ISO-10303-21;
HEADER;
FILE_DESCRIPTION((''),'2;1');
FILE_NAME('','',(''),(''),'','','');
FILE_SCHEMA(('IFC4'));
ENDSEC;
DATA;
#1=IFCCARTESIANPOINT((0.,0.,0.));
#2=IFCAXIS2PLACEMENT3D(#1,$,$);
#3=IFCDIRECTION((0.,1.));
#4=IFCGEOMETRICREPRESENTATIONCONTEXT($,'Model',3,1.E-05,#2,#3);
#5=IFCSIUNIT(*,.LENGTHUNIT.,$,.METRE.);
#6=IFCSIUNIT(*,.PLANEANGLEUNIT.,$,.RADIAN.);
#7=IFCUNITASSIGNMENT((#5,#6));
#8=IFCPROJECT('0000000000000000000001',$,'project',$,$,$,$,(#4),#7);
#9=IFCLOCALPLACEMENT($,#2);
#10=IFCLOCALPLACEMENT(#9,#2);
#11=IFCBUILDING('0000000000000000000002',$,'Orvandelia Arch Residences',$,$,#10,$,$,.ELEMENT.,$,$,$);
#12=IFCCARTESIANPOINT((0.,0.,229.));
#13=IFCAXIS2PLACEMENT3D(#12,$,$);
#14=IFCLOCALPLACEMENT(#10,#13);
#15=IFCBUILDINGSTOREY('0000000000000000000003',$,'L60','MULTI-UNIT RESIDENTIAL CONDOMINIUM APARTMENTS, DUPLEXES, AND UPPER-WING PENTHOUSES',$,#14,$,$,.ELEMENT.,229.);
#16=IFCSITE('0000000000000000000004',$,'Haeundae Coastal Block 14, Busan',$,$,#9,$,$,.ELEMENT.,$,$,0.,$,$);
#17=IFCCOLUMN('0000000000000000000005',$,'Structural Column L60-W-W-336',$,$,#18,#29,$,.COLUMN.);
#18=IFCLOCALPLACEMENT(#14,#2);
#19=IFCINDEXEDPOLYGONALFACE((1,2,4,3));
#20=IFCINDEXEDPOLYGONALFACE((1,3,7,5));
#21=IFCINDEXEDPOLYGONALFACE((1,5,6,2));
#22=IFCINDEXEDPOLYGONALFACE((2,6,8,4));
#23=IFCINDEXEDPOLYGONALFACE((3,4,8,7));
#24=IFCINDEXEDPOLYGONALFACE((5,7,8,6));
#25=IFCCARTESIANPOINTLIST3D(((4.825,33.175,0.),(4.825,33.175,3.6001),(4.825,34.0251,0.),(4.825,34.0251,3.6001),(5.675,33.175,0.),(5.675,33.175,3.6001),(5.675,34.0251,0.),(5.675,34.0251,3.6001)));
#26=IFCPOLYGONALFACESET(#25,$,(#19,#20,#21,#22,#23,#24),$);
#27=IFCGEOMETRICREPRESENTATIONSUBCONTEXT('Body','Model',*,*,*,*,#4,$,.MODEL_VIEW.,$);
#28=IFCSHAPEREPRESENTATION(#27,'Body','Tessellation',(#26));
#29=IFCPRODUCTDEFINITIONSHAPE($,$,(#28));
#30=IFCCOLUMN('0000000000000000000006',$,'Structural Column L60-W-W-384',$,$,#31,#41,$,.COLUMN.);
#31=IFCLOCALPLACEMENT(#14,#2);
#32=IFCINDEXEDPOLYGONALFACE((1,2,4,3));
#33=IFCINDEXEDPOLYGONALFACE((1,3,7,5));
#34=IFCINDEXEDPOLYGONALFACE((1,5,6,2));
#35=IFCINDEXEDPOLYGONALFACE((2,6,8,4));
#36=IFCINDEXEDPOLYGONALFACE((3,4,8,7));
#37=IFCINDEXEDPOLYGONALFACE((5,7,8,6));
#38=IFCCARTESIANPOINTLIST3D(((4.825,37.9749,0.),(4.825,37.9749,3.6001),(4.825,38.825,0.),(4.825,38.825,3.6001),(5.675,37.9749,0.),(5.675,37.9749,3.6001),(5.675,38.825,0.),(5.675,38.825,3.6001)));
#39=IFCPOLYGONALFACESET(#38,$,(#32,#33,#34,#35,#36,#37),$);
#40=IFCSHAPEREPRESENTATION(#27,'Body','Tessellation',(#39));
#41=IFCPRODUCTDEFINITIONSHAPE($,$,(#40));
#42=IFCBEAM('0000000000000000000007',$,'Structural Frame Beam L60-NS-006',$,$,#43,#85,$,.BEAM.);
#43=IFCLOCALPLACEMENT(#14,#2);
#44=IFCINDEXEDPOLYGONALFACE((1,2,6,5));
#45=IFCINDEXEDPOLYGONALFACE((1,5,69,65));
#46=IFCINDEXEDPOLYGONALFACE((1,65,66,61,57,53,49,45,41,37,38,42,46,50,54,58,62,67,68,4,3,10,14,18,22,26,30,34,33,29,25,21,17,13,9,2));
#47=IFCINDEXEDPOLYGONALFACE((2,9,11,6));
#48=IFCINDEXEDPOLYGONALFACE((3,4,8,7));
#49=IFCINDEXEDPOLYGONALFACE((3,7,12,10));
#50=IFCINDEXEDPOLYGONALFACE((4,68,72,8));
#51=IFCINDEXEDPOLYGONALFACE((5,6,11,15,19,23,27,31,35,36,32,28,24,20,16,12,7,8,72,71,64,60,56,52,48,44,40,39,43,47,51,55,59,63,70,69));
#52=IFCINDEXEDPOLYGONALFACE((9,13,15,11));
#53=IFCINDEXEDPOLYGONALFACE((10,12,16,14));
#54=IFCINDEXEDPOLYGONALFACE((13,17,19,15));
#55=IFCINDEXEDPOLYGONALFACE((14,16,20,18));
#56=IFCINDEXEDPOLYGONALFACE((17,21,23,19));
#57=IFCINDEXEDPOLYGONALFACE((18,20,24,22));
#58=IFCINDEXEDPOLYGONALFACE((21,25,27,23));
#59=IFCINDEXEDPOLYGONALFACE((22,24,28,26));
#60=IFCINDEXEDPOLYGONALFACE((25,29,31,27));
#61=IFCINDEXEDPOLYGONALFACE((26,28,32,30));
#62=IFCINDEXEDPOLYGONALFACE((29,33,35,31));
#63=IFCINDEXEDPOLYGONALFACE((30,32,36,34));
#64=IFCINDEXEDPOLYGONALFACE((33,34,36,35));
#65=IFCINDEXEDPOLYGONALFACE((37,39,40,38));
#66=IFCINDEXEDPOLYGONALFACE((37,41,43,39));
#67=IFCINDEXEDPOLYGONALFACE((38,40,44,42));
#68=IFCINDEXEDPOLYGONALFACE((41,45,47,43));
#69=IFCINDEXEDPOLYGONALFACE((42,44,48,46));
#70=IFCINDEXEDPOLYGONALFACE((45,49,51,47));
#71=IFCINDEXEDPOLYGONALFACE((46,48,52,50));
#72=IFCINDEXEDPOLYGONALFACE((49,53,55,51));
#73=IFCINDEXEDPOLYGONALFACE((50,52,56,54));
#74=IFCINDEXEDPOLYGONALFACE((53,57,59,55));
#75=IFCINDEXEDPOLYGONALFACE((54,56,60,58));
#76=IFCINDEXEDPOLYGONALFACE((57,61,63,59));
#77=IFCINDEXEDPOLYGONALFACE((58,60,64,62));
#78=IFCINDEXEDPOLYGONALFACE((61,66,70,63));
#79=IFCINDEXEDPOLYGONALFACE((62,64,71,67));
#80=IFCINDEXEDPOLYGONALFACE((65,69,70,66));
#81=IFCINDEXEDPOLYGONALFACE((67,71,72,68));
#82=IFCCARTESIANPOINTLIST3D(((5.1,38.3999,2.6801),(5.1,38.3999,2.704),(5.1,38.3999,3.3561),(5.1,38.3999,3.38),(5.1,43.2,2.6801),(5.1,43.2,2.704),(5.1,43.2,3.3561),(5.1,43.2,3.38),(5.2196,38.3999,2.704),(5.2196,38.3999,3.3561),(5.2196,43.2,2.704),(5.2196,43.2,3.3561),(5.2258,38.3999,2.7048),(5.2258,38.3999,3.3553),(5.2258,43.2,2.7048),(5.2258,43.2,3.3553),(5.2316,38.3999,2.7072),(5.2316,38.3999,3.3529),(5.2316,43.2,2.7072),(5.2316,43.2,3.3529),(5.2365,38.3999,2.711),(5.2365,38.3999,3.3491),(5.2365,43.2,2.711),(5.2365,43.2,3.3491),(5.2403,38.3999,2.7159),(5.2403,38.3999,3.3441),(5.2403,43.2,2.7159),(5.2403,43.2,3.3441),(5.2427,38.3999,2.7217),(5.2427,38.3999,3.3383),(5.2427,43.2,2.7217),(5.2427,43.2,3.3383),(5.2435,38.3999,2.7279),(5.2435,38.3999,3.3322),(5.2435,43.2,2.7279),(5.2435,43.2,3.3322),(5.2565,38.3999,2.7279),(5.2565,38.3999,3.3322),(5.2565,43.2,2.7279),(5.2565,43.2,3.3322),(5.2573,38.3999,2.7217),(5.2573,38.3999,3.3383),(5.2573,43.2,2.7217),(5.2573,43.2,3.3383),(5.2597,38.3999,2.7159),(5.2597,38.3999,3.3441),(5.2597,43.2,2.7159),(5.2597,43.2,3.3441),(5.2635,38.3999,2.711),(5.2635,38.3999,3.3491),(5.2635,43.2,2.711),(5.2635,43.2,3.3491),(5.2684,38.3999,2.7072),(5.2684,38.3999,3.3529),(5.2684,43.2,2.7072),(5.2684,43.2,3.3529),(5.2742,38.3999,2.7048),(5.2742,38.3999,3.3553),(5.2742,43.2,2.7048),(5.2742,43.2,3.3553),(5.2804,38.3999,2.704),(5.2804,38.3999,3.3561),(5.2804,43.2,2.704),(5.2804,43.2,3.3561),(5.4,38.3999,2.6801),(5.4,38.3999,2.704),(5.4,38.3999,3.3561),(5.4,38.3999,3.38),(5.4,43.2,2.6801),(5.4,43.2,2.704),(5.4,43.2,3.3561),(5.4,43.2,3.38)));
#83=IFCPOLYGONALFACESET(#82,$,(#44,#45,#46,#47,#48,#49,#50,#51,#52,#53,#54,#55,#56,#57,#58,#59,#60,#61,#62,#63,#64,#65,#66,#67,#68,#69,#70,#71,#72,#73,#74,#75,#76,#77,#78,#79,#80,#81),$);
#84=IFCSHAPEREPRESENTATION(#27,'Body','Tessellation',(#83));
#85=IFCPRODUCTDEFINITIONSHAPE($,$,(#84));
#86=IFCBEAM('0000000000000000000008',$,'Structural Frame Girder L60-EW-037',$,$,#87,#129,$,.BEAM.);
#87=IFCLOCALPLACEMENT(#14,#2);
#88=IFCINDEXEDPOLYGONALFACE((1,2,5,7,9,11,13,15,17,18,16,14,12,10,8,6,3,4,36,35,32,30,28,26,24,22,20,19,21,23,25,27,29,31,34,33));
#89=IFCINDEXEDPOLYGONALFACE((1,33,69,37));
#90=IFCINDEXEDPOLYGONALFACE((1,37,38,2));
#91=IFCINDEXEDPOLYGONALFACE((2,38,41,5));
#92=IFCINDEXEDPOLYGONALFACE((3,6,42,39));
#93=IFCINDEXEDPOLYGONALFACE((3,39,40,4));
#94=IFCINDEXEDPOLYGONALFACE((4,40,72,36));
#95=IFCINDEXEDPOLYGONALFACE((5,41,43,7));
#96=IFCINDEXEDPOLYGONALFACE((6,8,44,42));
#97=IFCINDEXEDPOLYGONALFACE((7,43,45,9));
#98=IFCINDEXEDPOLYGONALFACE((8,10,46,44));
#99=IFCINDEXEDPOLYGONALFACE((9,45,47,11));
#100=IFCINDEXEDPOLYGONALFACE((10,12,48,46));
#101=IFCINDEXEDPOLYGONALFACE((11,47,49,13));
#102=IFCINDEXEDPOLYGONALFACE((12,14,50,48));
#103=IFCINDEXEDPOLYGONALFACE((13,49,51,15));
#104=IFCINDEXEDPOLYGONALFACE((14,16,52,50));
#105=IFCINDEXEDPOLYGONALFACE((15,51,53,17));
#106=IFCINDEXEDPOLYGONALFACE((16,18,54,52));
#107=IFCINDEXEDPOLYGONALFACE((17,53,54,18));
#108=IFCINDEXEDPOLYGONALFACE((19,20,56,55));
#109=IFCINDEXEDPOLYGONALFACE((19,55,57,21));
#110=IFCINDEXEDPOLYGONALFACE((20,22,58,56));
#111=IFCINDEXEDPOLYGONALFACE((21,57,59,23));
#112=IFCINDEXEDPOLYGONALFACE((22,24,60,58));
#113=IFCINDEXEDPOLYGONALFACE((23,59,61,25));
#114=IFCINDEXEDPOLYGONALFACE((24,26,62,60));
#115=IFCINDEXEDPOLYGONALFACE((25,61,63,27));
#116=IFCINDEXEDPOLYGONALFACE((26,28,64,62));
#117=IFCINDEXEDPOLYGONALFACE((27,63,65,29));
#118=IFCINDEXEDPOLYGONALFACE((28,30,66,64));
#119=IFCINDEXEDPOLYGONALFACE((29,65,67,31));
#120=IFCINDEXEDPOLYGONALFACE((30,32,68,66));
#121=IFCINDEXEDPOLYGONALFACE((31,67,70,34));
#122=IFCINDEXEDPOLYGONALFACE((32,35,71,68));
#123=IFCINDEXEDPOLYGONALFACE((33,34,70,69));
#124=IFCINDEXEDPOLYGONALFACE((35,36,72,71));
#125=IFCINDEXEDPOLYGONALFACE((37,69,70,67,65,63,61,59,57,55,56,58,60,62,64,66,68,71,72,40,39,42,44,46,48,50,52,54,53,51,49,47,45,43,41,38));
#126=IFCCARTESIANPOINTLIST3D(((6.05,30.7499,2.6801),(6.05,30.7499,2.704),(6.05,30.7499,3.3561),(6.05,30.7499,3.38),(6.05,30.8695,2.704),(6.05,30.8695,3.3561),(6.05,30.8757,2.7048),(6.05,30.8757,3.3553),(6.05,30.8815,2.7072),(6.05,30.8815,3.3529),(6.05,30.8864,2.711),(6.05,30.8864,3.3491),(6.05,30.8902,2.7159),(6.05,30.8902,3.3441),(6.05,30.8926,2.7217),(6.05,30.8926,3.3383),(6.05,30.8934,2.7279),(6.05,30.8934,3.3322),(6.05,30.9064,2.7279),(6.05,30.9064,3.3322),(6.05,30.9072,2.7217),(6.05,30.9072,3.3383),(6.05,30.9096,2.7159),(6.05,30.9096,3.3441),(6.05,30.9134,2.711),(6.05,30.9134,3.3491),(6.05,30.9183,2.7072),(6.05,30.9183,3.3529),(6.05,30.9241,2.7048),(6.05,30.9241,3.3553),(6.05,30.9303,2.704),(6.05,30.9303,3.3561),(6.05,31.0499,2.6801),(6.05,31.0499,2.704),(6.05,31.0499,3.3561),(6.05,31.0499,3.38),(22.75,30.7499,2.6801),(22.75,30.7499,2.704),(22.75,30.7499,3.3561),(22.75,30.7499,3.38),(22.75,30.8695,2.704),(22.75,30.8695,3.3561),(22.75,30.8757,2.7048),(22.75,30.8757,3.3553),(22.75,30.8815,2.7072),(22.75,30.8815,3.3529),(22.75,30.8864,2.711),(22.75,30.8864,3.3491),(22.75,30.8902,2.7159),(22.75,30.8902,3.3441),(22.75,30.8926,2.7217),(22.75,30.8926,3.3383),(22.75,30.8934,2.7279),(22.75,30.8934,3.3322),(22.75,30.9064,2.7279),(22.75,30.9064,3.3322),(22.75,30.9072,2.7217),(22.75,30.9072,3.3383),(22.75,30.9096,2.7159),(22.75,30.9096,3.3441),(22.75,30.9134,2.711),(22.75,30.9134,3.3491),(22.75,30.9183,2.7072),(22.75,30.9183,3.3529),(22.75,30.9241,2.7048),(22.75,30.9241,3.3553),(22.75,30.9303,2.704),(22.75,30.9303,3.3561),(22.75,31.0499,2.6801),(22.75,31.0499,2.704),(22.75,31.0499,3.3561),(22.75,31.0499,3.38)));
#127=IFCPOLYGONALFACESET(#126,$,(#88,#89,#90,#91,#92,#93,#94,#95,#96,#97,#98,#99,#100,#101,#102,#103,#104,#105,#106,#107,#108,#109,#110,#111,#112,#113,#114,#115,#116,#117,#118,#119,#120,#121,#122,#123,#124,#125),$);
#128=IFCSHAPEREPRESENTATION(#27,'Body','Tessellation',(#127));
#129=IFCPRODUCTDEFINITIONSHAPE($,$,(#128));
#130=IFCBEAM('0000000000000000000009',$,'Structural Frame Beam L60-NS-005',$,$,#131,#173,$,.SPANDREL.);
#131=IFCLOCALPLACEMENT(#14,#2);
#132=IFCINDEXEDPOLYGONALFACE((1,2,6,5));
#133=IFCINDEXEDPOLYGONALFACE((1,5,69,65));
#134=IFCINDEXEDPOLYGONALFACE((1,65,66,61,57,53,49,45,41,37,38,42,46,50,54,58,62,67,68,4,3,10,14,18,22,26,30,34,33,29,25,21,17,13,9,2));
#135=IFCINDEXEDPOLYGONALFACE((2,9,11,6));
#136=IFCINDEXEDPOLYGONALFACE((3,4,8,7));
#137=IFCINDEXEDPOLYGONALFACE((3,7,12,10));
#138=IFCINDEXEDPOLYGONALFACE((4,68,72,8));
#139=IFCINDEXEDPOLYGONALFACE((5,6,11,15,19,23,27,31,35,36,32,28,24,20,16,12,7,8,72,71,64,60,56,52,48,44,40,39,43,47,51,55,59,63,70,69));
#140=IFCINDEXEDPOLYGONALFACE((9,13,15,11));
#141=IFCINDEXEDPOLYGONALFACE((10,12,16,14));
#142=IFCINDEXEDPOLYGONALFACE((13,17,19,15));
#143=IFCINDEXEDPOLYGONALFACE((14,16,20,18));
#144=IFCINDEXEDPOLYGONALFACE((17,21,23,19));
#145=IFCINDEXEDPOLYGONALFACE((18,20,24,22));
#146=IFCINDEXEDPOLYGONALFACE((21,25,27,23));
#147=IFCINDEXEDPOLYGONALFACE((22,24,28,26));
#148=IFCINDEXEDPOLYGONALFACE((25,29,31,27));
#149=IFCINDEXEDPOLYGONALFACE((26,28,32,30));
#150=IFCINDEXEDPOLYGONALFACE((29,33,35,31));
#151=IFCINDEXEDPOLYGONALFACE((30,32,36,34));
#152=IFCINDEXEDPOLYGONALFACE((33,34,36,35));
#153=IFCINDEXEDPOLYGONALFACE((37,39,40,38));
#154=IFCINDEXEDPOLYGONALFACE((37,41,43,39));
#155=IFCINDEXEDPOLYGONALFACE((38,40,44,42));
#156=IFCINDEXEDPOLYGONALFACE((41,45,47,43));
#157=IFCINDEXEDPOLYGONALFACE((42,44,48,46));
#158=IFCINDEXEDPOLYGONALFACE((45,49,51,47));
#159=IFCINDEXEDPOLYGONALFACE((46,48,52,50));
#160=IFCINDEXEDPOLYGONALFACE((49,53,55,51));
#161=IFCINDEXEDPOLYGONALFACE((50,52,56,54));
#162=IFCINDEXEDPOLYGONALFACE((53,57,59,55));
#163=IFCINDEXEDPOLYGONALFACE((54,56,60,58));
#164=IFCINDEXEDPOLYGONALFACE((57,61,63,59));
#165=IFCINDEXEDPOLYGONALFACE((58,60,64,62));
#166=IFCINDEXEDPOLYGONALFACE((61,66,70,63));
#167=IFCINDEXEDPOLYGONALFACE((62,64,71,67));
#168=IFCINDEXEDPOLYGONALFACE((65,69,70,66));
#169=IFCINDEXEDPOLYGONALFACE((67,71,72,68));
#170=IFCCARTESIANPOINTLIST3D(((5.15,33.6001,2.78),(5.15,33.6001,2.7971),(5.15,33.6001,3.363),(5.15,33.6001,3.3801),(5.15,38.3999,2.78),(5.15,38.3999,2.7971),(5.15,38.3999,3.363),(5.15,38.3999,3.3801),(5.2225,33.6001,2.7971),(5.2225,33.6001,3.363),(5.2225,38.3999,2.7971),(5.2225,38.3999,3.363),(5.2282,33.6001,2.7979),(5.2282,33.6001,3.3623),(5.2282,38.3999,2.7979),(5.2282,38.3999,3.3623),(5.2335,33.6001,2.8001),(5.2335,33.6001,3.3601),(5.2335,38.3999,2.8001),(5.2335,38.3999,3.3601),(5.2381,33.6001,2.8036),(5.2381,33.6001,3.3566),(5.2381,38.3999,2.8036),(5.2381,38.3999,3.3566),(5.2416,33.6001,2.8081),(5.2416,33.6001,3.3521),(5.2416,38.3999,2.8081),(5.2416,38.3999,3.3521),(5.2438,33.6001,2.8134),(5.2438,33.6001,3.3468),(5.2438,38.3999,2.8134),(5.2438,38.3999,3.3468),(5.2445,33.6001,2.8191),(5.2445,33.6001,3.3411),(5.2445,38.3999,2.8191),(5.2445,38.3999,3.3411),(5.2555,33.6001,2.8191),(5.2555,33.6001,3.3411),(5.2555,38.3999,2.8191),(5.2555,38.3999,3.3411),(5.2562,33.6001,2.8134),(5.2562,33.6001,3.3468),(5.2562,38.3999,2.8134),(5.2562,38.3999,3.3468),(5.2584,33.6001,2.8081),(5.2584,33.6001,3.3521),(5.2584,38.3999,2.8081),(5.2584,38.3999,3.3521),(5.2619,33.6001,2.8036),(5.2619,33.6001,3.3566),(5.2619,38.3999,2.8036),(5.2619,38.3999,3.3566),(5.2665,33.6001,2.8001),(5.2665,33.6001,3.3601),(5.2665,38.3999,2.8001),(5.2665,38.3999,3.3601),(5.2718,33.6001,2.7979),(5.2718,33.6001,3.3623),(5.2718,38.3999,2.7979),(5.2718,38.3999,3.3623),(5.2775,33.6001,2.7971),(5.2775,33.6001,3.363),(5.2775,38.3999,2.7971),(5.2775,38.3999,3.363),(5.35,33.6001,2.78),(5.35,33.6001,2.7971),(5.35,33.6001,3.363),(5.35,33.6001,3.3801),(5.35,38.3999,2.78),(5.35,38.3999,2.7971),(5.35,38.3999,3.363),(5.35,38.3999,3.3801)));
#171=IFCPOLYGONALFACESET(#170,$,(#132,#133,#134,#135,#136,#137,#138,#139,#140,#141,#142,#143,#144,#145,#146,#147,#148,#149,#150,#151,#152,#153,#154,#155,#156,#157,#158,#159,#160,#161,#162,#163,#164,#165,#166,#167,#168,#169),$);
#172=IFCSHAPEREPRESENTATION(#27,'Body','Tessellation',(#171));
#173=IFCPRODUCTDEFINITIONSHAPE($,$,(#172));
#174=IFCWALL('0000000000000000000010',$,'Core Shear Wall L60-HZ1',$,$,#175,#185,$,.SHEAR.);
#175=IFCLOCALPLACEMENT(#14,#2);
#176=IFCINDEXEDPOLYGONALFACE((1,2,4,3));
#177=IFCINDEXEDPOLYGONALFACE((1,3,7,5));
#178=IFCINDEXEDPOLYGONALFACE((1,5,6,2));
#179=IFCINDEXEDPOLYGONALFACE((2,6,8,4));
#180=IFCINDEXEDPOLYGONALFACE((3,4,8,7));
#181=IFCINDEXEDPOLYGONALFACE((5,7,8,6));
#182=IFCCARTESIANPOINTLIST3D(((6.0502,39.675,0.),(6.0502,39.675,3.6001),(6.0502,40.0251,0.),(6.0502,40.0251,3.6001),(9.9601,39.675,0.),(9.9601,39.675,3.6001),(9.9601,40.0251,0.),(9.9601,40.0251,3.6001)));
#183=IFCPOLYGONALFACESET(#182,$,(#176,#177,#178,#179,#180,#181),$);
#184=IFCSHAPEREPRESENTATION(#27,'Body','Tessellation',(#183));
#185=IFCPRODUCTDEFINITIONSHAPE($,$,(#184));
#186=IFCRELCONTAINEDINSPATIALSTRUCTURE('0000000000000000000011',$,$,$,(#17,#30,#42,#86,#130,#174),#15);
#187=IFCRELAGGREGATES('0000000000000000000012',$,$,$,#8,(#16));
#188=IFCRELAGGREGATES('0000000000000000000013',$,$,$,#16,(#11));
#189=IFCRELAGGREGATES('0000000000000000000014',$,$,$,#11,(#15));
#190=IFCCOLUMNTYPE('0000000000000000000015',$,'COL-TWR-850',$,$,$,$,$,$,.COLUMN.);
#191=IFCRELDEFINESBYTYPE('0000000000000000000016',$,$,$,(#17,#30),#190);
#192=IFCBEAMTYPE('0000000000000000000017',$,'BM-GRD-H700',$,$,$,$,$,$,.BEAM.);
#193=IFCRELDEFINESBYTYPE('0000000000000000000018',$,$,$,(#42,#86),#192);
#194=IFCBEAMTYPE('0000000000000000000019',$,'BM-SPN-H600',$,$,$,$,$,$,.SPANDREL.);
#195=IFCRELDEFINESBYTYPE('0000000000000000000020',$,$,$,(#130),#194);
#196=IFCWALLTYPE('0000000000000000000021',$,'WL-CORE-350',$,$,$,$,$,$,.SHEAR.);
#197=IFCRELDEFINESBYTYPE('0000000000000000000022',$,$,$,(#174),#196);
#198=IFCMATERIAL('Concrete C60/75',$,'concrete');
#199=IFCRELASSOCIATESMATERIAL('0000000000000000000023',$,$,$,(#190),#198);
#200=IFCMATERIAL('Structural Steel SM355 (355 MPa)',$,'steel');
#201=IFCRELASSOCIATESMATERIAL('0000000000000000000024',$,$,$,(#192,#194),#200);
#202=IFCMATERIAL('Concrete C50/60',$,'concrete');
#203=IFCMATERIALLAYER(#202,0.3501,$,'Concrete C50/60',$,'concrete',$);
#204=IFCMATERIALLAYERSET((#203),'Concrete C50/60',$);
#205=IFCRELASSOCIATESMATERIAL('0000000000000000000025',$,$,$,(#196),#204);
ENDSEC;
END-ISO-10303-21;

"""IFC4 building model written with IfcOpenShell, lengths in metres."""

from ifc_helpers import new_model, si_unit, direction, frame, frame_2d, origin, origin_2d, place, context, subcontext, project, spatial, rectangle, i_section, extrude, material, layer, layer_set, material_profile, profile_set, type_object, element, save


model = new_model("IFC4")

# Units and contexts
model_context = context("Model", 3, precision=1e-05, world=origin(), true_north=direction((0.0, 1.0)))
body_context = subcontext(model_context, "Body", "Model", "MODEL_VIEW")
ifc_project = project(units=[si_unit("LENGTHUNIT", "METRE"), si_unit("PLANEANGLEUNIT", "RADIAN")], contexts=[model_context])

# Site, building, storey
site_placement = place(None, origin())
site = spatial("IfcSite", under=ifc_project, at=site_placement, Name="Haeundae Coastal Block 14, Busan", CompositionType="ELEMENT", RefElevation=0.0)
building_placement = place(site_placement, origin())
building = spatial("IfcBuilding", under=site, at=building_placement, Name="Orvandelia Arch Residences", CompositionType="ELEMENT")
storey_placement = place(building_placement, frame((0.0, 0.0, 229.0)))
storey = spatial("IfcBuildingStorey", under=building, at=storey_placement, Name="L60", Description="MULTI-UNIT RESIDENTIAL CONDOMINIUM APARTMENTS, DUPLEXES, AND UPPER-WING PENTHOUSES", CompositionType="ELEMENT", Elevation=229.0)

# Columns
ifc_material_1 = material(Name="Concrete C60/75", Category="concrete")
ifc_material_profile_1 = material_profile(ifc_material_1, rectangle(XDim=0.8501, YDim=0.8501, at=origin_2d()), Name="Concrete C60/75", Category="concrete")
ifc_profile_set_1 = profile_set([ifc_material_profile_1], Name="Concrete C60/75")
column_type = type_object("IfcColumnType", Name="COL-TWR-850", PredefinedType="COLUMN", material=ifc_profile_set_1)
for number, where, z_axis, x_axis, name in (
    (1, (5.25, 33.6001, 0.0), (0.0, 0.0, 1.0), (1.0, 0.0, 0.0), "Structural Column L60-W-W-336"),
    (2, (5.25, 38.3999, 0.0), (0.0, 0.0, 1.0), (1.0, 0.0, 0.0), "Structural Column L60-W-W-384"),
):
    element("IfcColumn", number, at=place(storey_placement, frame(where, z_axis=z_axis, x_axis=x_axis)), inside=storey, type_object=column_type, Name=name, PredefinedType="COLUMN", context=body_context, shape_type="SweptSolid", body=[
        extrude(rectangle(XDim=0.8501, YDim=0.8501, at=origin_2d()), origin(), (0.0, 0.0, 1.0), 3.6001),
    ])

# Beams
ifc_material_2 = material(Name="Structural Steel SM355 (355 MPa)", Category="steel")
ifc_material_profile_2 = material_profile(ifc_material_2, i_section(OverallWidth=0.3, OverallDepth=0.7, WebThickness=0.0129, FlangeThickness=0.0239, FilletRadius=0.0239, at=origin_2d()), Name="Structural Steel SM355 (355 MPa)", Category="steel")
ifc_profile_set_2 = profile_set([ifc_material_profile_2], Name="Structural Steel SM355 (355 MPa)")
beam_type_1 = type_object("IfcBeamType", Name="BM-GRD-H700", PredefinedType="BEAM", material=ifc_profile_set_2)
beam_1_placement = place(storey_placement, frame((5.25, 38.3999, 3.03), z_axis=(0.0, 1.0, 0.0), x_axis=(-1.0, 0.0, 0.0)))
element("IfcBeam", 3, at=beam_1_placement, inside=storey, type_object=beam_type_1, Name="Structural Frame Beam L60-NS-006", PredefinedType="BEAM", context=body_context, shape_type="SweptSolid", body=[
    extrude(i_section(OverallWidth=0.3, OverallDepth=0.7, WebThickness=0.0129, FlangeThickness=0.0239, FilletRadius=0.0239, at=origin_2d()), origin(), (0.0, 0.0, 1.0), 4.8),
])
beam_2_placement = place(storey_placement, frame((6.05, 30.8999, 3.03), z_axis=(1.0, 0.0, 0.0), x_axis=(0.0, 1.0, 0.0)))
element("IfcBeam", 4, at=beam_2_placement, inside=storey, type_object=beam_type_1, Name="Structural Frame Girder L60-EW-037", PredefinedType="BEAM", context=body_context, shape_type="SweptSolid", body=[
    extrude(i_section(OverallWidth=0.3, OverallDepth=0.7, WebThickness=0.0129, FlangeThickness=0.0239, FilletRadius=0.0239, at=origin_2d()), origin(), (0.0, 0.0, 1.0), 16.7),
])
ifc_material_profile_3 = material_profile(ifc_material_2, i_section(OverallWidth=0.2, OverallDepth=0.6001, WebThickness=0.011, FlangeThickness=0.0171, FilletRadius=0.022, at=origin_2d()), Name="Structural Steel SM355 (355 MPa)", Category="steel")
ifc_profile_set_3 = profile_set([ifc_material_profile_3], Name="Structural Steel SM355 (355 MPa)")
beam_type_2 = type_object("IfcBeamType", Name="BM-SPN-H600", PredefinedType="SPANDREL", material=ifc_profile_set_3)
beam_3_placement = place(storey_placement, frame((5.25, 33.6001, 3.0801), z_axis=(0.0, 1.0, 0.0), x_axis=(-1.0, 0.0, 0.0)))
element("IfcBeam", 5, at=beam_3_placement, inside=storey, type_object=beam_type_2, Name="Structural Frame Beam L60-NS-005", PredefinedType="SPANDREL", context=body_context, shape_type="SweptSolid", body=[
    extrude(i_section(OverallWidth=0.2, OverallDepth=0.6001, WebThickness=0.011, FlangeThickness=0.0171, FilletRadius=0.022, at=origin_2d()), origin(), (0.0, 0.0, 1.0), 4.7998),
])

# Wall
ifc_material_3 = material(Name="Concrete C50/60", Category="concrete")
ifc_layer_1 = layer(ifc_material_3, 0.3501, Name="Concrete C50/60", Category="concrete")
ifc_layer_set_1 = layer_set([ifc_layer_1], Name="Concrete C50/60")
wall_type_1 = type_object("IfcWallType", Name="WL-CORE-350", PredefinedType="SHEAR", material=ifc_layer_set_1)
wall_1_placement = place(storey_placement, frame((6.05, 39.8501, 0.0), z_axis=(0.0, 0.0, 1.0), x_axis=(1.0, 0.0, 0.0)))
element("IfcWall", 6, at=wall_1_placement, inside=storey, type_object=wall_type_1, Name="Core Shear Wall L60-HZ1", PredefinedType="SHEAR", context=body_context, shape_type="SweptSolid", body=[
    extrude(rectangle(XDim=3.9099, YDim=0.3501, at=frame_2d((1.9551, 0.0))), origin(), (0.0, 0.0, 1.0), 3.6001),
])

save(model, "model.ifc")
